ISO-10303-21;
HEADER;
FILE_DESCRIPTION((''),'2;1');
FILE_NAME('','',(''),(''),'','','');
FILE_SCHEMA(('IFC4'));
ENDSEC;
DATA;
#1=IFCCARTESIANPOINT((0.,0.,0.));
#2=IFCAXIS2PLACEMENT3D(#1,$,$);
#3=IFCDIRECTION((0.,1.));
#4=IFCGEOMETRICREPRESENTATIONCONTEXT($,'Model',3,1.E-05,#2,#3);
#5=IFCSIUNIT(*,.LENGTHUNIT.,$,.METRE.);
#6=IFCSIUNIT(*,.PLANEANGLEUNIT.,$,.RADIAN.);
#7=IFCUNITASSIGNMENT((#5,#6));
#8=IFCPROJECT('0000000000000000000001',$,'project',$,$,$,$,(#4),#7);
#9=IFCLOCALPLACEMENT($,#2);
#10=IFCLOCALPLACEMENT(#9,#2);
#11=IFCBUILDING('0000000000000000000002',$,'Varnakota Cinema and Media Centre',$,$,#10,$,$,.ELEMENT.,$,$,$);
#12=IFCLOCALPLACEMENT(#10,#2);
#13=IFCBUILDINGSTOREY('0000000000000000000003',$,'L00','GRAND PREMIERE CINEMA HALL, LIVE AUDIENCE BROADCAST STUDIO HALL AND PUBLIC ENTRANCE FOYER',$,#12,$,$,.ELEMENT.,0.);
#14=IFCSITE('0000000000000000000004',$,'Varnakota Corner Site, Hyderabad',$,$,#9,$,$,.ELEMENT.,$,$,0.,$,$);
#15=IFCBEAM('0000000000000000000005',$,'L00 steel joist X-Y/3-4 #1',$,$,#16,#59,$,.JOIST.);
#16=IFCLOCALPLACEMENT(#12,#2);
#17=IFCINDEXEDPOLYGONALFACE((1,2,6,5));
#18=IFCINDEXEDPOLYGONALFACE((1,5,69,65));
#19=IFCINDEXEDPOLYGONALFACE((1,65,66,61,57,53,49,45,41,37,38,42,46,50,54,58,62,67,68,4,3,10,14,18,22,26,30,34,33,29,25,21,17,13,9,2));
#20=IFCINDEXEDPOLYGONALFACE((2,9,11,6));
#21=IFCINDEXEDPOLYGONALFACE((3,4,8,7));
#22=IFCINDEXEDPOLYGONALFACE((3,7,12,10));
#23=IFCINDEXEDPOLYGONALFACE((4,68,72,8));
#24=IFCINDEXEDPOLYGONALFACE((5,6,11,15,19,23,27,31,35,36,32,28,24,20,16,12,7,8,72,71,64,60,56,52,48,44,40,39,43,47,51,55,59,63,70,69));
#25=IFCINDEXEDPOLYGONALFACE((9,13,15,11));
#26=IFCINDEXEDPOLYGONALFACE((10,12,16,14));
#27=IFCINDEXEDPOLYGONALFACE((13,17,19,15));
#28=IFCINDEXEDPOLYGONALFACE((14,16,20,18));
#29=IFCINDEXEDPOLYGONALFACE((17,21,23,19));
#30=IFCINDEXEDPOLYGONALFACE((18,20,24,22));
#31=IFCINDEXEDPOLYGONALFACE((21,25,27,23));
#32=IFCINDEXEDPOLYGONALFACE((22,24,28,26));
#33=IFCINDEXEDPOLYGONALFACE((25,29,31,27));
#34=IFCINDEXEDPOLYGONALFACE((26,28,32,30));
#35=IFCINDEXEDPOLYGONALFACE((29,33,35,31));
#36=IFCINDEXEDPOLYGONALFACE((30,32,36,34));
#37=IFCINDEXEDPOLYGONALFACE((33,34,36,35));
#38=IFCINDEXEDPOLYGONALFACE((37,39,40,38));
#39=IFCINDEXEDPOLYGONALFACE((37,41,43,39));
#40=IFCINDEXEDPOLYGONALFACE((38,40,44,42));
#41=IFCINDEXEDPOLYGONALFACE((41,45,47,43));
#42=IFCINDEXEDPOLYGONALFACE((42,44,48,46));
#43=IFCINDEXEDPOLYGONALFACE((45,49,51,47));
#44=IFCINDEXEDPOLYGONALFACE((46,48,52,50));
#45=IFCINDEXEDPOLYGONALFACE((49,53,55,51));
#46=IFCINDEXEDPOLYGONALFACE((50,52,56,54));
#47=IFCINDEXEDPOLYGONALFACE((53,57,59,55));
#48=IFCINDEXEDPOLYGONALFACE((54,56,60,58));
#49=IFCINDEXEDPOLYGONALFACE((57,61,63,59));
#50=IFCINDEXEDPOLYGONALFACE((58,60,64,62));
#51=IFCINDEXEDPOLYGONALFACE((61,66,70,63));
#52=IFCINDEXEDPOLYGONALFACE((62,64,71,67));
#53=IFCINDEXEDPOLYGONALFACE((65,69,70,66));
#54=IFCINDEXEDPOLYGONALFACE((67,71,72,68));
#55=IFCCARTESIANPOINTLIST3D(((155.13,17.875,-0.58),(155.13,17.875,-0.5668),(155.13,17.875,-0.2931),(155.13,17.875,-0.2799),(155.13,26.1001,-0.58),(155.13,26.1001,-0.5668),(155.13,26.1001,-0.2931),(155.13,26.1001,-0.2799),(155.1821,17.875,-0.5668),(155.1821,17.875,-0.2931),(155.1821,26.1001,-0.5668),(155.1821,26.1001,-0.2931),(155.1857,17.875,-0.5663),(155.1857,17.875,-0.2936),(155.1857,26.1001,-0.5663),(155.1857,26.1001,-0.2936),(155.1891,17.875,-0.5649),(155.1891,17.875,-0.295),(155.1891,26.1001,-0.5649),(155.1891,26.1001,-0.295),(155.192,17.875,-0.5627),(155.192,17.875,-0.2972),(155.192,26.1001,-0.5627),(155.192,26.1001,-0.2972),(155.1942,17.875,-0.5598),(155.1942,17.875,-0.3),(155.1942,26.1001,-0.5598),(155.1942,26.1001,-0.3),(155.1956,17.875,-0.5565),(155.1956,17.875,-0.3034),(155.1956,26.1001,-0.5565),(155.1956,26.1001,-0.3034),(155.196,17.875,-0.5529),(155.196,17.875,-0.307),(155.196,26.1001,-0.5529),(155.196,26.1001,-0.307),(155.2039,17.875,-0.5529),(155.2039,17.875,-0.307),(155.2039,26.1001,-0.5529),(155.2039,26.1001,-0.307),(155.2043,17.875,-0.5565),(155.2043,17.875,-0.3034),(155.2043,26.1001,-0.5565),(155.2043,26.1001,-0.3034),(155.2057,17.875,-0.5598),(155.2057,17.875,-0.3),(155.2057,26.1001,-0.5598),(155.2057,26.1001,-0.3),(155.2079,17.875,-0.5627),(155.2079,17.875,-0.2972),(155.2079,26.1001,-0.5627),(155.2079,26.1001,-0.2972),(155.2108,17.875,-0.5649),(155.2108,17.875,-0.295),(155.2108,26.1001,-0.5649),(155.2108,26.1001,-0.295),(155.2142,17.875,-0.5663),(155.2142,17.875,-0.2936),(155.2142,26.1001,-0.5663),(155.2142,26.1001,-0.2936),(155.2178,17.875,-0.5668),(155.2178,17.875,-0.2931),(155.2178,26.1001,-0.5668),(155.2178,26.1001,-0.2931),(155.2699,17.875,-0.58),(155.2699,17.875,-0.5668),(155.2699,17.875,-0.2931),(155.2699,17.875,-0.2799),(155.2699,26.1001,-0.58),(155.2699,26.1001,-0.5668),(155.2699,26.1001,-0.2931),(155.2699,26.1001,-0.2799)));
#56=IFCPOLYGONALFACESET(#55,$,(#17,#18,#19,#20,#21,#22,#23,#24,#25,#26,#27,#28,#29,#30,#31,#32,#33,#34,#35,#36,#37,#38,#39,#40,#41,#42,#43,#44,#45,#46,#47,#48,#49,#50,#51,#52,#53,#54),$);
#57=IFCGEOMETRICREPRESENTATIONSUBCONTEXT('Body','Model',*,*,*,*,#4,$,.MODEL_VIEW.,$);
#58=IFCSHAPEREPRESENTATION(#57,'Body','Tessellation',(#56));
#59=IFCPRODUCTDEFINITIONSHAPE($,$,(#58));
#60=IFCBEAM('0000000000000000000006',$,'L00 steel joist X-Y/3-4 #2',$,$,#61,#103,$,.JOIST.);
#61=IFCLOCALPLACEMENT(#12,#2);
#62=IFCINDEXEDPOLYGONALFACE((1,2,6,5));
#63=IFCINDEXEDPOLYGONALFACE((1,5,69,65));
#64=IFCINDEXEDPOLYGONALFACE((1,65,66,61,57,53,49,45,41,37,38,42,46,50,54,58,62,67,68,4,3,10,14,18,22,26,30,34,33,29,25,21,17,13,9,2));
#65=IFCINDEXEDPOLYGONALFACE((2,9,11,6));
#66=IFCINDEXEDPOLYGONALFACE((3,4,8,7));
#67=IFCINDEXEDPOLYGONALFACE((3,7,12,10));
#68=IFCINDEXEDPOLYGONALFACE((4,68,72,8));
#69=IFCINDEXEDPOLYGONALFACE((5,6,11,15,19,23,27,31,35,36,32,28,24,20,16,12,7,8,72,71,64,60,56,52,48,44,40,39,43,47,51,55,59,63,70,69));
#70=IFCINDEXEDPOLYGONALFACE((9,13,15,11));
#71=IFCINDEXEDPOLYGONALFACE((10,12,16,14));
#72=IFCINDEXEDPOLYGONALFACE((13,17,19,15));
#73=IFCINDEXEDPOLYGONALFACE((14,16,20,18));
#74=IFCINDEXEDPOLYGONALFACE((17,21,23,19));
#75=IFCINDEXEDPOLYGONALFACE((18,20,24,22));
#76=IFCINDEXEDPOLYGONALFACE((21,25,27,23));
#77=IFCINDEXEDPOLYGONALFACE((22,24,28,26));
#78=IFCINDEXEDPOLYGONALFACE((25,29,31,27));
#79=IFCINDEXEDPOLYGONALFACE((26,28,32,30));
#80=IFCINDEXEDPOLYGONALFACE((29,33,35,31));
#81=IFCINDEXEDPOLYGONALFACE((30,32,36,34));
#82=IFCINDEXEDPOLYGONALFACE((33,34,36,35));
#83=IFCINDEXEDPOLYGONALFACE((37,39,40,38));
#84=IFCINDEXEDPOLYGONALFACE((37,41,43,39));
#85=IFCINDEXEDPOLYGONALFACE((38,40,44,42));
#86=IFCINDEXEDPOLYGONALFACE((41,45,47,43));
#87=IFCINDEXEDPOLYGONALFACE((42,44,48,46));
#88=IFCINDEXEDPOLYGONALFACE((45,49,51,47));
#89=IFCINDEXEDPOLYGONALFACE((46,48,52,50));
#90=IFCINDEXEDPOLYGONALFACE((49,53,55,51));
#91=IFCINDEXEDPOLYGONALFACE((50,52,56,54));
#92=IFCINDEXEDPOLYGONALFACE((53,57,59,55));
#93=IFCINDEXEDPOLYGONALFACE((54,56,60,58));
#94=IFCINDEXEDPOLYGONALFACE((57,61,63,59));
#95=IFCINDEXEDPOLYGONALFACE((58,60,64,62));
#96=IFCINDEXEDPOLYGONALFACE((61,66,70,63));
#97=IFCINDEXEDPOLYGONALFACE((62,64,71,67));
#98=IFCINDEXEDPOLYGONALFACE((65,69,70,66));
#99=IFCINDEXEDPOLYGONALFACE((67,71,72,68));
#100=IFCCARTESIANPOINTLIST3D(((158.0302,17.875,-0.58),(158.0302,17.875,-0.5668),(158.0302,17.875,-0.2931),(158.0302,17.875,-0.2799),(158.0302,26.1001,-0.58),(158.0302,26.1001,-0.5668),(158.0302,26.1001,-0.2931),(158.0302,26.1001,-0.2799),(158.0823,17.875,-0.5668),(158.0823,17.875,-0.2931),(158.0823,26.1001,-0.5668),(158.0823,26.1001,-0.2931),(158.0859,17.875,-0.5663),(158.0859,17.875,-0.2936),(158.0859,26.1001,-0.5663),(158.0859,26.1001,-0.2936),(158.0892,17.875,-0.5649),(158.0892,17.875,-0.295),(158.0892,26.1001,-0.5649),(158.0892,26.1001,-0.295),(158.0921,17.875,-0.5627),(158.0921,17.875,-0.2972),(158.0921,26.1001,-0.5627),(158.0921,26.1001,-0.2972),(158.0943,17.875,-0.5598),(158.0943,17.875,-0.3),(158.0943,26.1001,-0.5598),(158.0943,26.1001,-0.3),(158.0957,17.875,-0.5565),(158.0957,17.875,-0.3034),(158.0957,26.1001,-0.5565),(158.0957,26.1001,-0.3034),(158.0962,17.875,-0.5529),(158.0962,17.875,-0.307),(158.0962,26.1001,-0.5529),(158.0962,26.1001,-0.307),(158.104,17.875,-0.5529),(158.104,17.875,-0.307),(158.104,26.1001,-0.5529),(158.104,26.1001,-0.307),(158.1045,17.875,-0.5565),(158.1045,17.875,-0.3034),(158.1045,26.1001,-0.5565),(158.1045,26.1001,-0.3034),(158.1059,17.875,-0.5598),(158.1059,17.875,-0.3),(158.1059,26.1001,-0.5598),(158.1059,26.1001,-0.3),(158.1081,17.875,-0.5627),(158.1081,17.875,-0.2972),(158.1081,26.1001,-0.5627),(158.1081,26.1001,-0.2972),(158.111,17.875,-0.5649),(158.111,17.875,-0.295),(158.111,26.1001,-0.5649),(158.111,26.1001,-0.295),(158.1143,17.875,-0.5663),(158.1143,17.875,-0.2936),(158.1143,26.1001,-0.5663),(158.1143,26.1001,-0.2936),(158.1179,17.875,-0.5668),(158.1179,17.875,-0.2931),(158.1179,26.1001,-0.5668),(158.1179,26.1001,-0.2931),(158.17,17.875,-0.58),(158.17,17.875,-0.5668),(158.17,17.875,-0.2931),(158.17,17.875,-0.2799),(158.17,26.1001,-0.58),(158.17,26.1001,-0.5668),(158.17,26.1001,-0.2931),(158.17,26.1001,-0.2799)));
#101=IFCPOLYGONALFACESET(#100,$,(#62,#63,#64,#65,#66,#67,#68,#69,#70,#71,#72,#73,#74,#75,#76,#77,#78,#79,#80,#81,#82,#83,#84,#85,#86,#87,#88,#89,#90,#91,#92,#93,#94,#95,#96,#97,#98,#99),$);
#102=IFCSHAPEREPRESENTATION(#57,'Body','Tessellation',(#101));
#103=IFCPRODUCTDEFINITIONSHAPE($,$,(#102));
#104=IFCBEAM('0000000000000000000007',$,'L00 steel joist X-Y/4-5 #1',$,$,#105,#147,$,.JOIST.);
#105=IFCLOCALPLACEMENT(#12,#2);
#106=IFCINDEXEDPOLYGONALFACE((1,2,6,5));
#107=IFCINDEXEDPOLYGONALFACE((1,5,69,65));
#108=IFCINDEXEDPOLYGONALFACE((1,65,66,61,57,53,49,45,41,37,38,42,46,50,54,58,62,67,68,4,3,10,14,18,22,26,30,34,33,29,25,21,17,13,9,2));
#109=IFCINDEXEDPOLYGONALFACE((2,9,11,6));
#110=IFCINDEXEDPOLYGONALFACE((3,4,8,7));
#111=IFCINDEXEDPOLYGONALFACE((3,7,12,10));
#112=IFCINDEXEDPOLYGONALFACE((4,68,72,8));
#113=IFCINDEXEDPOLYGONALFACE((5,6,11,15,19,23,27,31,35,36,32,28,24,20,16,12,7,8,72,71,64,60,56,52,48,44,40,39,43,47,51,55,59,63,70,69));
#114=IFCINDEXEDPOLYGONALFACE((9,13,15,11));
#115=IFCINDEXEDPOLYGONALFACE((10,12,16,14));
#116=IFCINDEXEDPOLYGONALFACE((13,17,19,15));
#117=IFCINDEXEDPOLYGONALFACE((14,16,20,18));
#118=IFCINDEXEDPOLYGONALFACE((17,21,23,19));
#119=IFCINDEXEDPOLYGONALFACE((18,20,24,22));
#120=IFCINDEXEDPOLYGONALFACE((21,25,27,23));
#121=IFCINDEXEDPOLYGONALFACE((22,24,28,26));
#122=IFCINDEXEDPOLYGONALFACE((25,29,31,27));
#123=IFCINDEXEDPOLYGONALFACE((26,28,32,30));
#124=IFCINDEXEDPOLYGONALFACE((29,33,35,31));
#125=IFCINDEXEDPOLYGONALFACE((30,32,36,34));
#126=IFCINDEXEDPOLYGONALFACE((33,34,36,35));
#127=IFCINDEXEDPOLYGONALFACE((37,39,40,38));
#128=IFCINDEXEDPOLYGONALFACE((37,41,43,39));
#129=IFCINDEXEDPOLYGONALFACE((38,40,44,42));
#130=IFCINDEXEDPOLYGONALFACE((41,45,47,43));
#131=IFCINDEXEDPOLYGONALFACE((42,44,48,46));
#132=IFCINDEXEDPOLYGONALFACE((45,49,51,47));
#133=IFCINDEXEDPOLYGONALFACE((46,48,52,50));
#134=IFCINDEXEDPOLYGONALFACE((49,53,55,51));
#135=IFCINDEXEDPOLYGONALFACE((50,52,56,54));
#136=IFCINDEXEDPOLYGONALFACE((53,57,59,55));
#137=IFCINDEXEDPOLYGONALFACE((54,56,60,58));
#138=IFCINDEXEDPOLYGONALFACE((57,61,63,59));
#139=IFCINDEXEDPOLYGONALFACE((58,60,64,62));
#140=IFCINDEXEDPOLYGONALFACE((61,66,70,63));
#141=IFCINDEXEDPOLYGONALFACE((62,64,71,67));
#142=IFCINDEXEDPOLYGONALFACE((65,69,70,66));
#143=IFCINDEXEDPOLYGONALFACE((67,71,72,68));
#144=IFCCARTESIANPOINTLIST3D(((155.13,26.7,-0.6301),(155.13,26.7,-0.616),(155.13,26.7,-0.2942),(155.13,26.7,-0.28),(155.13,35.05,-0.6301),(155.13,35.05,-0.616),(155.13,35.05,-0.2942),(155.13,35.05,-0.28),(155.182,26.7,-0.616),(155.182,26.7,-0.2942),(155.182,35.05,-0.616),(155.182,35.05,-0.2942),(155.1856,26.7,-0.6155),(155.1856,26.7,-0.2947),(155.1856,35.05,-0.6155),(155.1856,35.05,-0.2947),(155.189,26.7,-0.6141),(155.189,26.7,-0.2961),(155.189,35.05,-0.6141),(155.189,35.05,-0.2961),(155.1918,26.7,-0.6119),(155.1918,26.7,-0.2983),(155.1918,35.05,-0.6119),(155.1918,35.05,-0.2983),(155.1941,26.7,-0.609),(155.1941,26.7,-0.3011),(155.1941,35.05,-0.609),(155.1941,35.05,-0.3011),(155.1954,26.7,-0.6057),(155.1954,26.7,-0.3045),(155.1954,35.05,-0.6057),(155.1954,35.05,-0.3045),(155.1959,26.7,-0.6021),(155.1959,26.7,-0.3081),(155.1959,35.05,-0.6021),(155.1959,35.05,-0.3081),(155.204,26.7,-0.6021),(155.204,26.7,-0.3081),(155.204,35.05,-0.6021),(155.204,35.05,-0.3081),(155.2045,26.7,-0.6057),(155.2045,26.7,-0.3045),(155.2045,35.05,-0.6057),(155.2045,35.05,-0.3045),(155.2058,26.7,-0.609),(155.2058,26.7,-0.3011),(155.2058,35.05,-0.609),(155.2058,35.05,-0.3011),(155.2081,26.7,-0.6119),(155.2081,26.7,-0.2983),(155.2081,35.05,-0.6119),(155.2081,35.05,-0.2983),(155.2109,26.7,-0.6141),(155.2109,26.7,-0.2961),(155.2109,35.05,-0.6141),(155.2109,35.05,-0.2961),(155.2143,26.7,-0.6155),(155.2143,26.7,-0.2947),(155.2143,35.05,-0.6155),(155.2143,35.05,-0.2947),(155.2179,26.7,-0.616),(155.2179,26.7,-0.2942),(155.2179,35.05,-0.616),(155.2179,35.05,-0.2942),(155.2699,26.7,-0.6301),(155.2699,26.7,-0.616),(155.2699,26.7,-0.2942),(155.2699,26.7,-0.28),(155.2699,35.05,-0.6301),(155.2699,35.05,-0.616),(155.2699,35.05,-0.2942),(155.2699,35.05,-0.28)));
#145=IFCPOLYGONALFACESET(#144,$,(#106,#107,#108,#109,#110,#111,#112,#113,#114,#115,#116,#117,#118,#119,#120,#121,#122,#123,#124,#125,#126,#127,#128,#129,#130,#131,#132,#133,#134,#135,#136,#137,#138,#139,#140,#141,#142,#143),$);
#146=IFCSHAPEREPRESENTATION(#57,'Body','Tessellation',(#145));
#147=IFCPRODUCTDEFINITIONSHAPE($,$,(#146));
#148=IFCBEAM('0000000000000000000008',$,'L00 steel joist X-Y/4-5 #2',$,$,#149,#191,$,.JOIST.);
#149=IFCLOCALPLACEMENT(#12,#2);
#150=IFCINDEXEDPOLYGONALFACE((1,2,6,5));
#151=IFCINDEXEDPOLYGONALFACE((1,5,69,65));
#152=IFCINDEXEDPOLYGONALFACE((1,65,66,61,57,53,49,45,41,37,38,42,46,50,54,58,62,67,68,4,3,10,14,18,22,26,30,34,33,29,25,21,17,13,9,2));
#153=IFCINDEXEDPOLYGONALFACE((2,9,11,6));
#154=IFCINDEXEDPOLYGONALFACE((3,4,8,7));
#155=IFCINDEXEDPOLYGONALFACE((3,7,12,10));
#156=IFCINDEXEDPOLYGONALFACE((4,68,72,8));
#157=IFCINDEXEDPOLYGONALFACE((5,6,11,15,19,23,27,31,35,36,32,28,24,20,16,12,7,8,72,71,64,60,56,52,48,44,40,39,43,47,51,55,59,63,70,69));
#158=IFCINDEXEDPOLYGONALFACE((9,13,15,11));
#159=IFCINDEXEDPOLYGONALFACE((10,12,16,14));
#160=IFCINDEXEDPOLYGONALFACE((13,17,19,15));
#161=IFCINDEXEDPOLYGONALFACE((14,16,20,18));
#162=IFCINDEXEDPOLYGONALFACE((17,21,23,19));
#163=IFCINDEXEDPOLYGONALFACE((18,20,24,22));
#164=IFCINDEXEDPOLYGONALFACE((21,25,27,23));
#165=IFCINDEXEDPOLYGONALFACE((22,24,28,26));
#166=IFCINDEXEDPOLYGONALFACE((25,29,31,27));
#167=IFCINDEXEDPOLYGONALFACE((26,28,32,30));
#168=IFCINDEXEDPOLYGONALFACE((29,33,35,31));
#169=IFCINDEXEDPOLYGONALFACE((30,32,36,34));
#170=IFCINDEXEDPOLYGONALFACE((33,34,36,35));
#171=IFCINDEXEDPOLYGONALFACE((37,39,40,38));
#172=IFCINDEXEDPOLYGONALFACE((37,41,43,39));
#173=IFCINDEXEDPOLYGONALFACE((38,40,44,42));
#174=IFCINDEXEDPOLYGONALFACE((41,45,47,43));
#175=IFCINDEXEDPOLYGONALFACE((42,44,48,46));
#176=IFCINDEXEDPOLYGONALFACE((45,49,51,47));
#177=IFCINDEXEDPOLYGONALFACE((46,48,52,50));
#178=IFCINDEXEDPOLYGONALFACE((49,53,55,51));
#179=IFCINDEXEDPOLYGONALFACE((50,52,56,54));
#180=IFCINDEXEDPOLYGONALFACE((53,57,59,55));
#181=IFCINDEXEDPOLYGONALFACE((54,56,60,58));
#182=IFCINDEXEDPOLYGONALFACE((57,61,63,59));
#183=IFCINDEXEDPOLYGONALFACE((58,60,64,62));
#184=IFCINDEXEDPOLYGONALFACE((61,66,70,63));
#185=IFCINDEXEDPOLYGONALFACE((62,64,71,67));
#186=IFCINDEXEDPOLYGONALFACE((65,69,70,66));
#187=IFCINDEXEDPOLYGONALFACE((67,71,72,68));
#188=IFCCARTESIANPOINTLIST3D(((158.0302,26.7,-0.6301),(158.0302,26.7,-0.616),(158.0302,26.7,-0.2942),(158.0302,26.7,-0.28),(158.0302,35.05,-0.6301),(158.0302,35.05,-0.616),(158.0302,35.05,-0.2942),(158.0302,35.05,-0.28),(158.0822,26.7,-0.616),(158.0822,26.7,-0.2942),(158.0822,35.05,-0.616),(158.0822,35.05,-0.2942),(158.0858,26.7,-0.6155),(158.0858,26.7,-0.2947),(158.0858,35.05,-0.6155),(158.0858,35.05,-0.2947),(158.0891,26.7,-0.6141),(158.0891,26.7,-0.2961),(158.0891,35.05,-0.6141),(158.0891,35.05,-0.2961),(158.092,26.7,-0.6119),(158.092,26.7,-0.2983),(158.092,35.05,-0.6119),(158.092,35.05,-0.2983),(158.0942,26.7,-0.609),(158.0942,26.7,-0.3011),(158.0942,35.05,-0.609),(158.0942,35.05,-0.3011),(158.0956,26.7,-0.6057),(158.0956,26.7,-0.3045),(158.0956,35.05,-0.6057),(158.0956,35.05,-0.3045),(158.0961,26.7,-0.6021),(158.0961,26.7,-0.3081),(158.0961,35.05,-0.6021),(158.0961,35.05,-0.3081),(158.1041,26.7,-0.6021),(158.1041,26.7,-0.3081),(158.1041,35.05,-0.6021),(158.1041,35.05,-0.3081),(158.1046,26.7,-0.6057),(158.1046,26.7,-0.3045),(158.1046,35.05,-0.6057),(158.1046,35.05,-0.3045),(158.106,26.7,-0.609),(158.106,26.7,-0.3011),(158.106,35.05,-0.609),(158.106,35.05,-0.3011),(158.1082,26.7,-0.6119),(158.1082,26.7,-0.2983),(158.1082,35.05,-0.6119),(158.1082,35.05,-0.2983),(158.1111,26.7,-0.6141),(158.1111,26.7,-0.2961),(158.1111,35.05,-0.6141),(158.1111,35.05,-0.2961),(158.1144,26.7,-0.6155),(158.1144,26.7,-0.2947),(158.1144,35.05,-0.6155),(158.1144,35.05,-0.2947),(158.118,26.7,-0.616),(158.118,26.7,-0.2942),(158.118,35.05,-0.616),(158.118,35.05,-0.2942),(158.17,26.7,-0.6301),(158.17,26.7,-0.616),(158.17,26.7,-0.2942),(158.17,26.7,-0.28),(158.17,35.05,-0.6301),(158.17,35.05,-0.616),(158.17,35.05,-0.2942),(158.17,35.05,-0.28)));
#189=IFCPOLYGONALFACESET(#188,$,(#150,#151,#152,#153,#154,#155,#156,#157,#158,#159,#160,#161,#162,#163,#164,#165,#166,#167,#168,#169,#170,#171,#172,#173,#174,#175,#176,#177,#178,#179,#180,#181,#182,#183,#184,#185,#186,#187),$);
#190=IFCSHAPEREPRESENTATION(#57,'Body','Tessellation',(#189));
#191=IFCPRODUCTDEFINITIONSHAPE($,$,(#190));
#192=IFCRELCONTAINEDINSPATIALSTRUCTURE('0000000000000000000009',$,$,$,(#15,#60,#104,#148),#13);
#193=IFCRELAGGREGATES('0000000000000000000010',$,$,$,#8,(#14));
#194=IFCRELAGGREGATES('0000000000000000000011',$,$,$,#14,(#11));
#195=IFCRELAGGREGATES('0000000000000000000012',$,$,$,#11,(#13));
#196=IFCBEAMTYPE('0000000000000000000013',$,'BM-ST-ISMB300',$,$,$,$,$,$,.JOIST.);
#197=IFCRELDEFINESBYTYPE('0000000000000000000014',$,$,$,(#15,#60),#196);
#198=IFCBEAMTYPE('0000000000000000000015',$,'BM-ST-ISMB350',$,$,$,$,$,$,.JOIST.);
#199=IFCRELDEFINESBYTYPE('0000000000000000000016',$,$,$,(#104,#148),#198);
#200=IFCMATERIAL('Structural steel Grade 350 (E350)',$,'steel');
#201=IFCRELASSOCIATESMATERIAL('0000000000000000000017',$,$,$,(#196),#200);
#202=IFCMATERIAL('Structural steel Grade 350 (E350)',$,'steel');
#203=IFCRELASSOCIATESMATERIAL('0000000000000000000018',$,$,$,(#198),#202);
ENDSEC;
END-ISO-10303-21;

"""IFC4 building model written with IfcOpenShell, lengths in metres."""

from ifc_helpers import new_model, si_unit, direction, frame, origin, origin_2d, place, context, subcontext, project, spatial, i_section, extrude, material, material_profile, profile_set, type_object, element, save


model = new_model("IFC4")

# Units and contexts
model_context = context("Model", 3, precision=1e-05, world=origin(), true_north=direction((0.0, 1.0)))
body_context = subcontext(model_context, "Body", "Model", "MODEL_VIEW")
ifc_project = project(units=[si_unit("LENGTHUNIT", "METRE"), si_unit("PLANEANGLEUNIT", "RADIAN")], contexts=[model_context])

# Site, building, storey
site_placement = place(None, origin())
site = spatial("IfcSite", under=ifc_project, at=site_placement, Name="Varnakota Corner Site, Hyderabad", CompositionType="ELEMENT", RefElevation=0.0)
building_placement = place(site_placement, origin())
building = spatial("IfcBuilding", under=site, at=building_placement, Name="Varnakota Cinema and Media Centre", CompositionType="ELEMENT")
storey_placement = place(building_placement, origin())
storey = spatial("IfcBuildingStorey", under=building, at=storey_placement, Name="L00", Description="GRAND PREMIERE CINEMA HALL, LIVE AUDIENCE BROADCAST STUDIO HALL AND PUBLIC ENTRANCE FOYER", CompositionType="ELEMENT", Elevation=0.0)

# Beams
ifc_material_1 = material(Name="Structural steel Grade 350 (E350)", Category="steel")
ifc_material_profile_1 = material_profile(ifc_material_1, i_section(OverallWidth=0.1399, OverallDepth=0.3, WebThickness=0.0078, FlangeThickness=0.0132, FilletRadius=0.0139, at=origin_2d()), Name="ISMB 300")
ifc_profile_set_1 = profile_set([ifc_material_profile_1], Name="Structural steel Grade 350 (E350)")
beam_type_1 = type_object("IfcBeamType", Name="BM-ST-ISMB300", PredefinedType="JOIST", material=ifc_profile_set_1)
for number, where, z_axis, x_axis, name in (
    (1, (155.2, 17.875, -0.4299), (0.0, 1.0, 0.0), (-1.0, 0.0, 0.0), "L00 steel joist X-Y/3-4 #1"),
    (2, (158.1001, 17.875, -0.4299), (0.0, 1.0, 0.0), (-1.0, 0.0, 0.0), "L00 steel joist X-Y/3-4 #2"),
):
    element("IfcBeam", number, at=place(storey_placement, frame(where, z_axis=z_axis, x_axis=x_axis)), inside=storey, type_object=beam_type_1, Name=name, PredefinedType="JOIST", context=body_context, shape_type="SweptSolid", body=[
        extrude(i_section(OverallWidth=0.1399, OverallDepth=0.3, WebThickness=0.0078, FlangeThickness=0.0132, FilletRadius=0.0139, at=origin_2d()), origin(), (0.0, 0.0, 1.0), 8.2251),
    ])
ifc_material_2 = material(Name="Structural steel Grade 350 (E350)", Category="steel")
ifc_material_profile_2 = material_profile(ifc_material_2, i_section(OverallWidth=0.1399, OverallDepth=0.3501, WebThickness=0.0081, FlangeThickness=0.0142, FilletRadius=0.0139, at=origin_2d()), Name="ISMB 350")
ifc_profile_set_2 = profile_set([ifc_material_profile_2], Name="Structural steel Grade 350 (E350)")
beam_type_2 = type_object("IfcBeamType", Name="BM-ST-ISMB350", PredefinedType="JOIST", material=ifc_profile_set_2)
for number, where, z_axis, x_axis, name in (
    (3, (155.2, 26.7, -0.4551), (0.0, 1.0, 0.0), (-1.0, 0.0, 0.0), "L00 steel joist X-Y/4-5 #1"),
    (4, (158.1001, 26.7, -0.4551), (0.0, 1.0, 0.0), (-1.0, 0.0, 0.0), "L00 steel joist X-Y/4-5 #2"),
):
    element("IfcBeam", number, at=place(storey_placement, frame(where, z_axis=z_axis, x_axis=x_axis)), inside=storey, type_object=beam_type_2, Name=name, PredefinedType="JOIST", context=body_context, shape_type="SweptSolid", body=[
        extrude(i_section(OverallWidth=0.1399, OverallDepth=0.3501, WebThickness=0.0081, FlangeThickness=0.0142, FilletRadius=0.0139, at=origin_2d()), origin(), (0.0, 0.0, 1.0), 8.3501),
    ])

save(model, "model.ifc")
